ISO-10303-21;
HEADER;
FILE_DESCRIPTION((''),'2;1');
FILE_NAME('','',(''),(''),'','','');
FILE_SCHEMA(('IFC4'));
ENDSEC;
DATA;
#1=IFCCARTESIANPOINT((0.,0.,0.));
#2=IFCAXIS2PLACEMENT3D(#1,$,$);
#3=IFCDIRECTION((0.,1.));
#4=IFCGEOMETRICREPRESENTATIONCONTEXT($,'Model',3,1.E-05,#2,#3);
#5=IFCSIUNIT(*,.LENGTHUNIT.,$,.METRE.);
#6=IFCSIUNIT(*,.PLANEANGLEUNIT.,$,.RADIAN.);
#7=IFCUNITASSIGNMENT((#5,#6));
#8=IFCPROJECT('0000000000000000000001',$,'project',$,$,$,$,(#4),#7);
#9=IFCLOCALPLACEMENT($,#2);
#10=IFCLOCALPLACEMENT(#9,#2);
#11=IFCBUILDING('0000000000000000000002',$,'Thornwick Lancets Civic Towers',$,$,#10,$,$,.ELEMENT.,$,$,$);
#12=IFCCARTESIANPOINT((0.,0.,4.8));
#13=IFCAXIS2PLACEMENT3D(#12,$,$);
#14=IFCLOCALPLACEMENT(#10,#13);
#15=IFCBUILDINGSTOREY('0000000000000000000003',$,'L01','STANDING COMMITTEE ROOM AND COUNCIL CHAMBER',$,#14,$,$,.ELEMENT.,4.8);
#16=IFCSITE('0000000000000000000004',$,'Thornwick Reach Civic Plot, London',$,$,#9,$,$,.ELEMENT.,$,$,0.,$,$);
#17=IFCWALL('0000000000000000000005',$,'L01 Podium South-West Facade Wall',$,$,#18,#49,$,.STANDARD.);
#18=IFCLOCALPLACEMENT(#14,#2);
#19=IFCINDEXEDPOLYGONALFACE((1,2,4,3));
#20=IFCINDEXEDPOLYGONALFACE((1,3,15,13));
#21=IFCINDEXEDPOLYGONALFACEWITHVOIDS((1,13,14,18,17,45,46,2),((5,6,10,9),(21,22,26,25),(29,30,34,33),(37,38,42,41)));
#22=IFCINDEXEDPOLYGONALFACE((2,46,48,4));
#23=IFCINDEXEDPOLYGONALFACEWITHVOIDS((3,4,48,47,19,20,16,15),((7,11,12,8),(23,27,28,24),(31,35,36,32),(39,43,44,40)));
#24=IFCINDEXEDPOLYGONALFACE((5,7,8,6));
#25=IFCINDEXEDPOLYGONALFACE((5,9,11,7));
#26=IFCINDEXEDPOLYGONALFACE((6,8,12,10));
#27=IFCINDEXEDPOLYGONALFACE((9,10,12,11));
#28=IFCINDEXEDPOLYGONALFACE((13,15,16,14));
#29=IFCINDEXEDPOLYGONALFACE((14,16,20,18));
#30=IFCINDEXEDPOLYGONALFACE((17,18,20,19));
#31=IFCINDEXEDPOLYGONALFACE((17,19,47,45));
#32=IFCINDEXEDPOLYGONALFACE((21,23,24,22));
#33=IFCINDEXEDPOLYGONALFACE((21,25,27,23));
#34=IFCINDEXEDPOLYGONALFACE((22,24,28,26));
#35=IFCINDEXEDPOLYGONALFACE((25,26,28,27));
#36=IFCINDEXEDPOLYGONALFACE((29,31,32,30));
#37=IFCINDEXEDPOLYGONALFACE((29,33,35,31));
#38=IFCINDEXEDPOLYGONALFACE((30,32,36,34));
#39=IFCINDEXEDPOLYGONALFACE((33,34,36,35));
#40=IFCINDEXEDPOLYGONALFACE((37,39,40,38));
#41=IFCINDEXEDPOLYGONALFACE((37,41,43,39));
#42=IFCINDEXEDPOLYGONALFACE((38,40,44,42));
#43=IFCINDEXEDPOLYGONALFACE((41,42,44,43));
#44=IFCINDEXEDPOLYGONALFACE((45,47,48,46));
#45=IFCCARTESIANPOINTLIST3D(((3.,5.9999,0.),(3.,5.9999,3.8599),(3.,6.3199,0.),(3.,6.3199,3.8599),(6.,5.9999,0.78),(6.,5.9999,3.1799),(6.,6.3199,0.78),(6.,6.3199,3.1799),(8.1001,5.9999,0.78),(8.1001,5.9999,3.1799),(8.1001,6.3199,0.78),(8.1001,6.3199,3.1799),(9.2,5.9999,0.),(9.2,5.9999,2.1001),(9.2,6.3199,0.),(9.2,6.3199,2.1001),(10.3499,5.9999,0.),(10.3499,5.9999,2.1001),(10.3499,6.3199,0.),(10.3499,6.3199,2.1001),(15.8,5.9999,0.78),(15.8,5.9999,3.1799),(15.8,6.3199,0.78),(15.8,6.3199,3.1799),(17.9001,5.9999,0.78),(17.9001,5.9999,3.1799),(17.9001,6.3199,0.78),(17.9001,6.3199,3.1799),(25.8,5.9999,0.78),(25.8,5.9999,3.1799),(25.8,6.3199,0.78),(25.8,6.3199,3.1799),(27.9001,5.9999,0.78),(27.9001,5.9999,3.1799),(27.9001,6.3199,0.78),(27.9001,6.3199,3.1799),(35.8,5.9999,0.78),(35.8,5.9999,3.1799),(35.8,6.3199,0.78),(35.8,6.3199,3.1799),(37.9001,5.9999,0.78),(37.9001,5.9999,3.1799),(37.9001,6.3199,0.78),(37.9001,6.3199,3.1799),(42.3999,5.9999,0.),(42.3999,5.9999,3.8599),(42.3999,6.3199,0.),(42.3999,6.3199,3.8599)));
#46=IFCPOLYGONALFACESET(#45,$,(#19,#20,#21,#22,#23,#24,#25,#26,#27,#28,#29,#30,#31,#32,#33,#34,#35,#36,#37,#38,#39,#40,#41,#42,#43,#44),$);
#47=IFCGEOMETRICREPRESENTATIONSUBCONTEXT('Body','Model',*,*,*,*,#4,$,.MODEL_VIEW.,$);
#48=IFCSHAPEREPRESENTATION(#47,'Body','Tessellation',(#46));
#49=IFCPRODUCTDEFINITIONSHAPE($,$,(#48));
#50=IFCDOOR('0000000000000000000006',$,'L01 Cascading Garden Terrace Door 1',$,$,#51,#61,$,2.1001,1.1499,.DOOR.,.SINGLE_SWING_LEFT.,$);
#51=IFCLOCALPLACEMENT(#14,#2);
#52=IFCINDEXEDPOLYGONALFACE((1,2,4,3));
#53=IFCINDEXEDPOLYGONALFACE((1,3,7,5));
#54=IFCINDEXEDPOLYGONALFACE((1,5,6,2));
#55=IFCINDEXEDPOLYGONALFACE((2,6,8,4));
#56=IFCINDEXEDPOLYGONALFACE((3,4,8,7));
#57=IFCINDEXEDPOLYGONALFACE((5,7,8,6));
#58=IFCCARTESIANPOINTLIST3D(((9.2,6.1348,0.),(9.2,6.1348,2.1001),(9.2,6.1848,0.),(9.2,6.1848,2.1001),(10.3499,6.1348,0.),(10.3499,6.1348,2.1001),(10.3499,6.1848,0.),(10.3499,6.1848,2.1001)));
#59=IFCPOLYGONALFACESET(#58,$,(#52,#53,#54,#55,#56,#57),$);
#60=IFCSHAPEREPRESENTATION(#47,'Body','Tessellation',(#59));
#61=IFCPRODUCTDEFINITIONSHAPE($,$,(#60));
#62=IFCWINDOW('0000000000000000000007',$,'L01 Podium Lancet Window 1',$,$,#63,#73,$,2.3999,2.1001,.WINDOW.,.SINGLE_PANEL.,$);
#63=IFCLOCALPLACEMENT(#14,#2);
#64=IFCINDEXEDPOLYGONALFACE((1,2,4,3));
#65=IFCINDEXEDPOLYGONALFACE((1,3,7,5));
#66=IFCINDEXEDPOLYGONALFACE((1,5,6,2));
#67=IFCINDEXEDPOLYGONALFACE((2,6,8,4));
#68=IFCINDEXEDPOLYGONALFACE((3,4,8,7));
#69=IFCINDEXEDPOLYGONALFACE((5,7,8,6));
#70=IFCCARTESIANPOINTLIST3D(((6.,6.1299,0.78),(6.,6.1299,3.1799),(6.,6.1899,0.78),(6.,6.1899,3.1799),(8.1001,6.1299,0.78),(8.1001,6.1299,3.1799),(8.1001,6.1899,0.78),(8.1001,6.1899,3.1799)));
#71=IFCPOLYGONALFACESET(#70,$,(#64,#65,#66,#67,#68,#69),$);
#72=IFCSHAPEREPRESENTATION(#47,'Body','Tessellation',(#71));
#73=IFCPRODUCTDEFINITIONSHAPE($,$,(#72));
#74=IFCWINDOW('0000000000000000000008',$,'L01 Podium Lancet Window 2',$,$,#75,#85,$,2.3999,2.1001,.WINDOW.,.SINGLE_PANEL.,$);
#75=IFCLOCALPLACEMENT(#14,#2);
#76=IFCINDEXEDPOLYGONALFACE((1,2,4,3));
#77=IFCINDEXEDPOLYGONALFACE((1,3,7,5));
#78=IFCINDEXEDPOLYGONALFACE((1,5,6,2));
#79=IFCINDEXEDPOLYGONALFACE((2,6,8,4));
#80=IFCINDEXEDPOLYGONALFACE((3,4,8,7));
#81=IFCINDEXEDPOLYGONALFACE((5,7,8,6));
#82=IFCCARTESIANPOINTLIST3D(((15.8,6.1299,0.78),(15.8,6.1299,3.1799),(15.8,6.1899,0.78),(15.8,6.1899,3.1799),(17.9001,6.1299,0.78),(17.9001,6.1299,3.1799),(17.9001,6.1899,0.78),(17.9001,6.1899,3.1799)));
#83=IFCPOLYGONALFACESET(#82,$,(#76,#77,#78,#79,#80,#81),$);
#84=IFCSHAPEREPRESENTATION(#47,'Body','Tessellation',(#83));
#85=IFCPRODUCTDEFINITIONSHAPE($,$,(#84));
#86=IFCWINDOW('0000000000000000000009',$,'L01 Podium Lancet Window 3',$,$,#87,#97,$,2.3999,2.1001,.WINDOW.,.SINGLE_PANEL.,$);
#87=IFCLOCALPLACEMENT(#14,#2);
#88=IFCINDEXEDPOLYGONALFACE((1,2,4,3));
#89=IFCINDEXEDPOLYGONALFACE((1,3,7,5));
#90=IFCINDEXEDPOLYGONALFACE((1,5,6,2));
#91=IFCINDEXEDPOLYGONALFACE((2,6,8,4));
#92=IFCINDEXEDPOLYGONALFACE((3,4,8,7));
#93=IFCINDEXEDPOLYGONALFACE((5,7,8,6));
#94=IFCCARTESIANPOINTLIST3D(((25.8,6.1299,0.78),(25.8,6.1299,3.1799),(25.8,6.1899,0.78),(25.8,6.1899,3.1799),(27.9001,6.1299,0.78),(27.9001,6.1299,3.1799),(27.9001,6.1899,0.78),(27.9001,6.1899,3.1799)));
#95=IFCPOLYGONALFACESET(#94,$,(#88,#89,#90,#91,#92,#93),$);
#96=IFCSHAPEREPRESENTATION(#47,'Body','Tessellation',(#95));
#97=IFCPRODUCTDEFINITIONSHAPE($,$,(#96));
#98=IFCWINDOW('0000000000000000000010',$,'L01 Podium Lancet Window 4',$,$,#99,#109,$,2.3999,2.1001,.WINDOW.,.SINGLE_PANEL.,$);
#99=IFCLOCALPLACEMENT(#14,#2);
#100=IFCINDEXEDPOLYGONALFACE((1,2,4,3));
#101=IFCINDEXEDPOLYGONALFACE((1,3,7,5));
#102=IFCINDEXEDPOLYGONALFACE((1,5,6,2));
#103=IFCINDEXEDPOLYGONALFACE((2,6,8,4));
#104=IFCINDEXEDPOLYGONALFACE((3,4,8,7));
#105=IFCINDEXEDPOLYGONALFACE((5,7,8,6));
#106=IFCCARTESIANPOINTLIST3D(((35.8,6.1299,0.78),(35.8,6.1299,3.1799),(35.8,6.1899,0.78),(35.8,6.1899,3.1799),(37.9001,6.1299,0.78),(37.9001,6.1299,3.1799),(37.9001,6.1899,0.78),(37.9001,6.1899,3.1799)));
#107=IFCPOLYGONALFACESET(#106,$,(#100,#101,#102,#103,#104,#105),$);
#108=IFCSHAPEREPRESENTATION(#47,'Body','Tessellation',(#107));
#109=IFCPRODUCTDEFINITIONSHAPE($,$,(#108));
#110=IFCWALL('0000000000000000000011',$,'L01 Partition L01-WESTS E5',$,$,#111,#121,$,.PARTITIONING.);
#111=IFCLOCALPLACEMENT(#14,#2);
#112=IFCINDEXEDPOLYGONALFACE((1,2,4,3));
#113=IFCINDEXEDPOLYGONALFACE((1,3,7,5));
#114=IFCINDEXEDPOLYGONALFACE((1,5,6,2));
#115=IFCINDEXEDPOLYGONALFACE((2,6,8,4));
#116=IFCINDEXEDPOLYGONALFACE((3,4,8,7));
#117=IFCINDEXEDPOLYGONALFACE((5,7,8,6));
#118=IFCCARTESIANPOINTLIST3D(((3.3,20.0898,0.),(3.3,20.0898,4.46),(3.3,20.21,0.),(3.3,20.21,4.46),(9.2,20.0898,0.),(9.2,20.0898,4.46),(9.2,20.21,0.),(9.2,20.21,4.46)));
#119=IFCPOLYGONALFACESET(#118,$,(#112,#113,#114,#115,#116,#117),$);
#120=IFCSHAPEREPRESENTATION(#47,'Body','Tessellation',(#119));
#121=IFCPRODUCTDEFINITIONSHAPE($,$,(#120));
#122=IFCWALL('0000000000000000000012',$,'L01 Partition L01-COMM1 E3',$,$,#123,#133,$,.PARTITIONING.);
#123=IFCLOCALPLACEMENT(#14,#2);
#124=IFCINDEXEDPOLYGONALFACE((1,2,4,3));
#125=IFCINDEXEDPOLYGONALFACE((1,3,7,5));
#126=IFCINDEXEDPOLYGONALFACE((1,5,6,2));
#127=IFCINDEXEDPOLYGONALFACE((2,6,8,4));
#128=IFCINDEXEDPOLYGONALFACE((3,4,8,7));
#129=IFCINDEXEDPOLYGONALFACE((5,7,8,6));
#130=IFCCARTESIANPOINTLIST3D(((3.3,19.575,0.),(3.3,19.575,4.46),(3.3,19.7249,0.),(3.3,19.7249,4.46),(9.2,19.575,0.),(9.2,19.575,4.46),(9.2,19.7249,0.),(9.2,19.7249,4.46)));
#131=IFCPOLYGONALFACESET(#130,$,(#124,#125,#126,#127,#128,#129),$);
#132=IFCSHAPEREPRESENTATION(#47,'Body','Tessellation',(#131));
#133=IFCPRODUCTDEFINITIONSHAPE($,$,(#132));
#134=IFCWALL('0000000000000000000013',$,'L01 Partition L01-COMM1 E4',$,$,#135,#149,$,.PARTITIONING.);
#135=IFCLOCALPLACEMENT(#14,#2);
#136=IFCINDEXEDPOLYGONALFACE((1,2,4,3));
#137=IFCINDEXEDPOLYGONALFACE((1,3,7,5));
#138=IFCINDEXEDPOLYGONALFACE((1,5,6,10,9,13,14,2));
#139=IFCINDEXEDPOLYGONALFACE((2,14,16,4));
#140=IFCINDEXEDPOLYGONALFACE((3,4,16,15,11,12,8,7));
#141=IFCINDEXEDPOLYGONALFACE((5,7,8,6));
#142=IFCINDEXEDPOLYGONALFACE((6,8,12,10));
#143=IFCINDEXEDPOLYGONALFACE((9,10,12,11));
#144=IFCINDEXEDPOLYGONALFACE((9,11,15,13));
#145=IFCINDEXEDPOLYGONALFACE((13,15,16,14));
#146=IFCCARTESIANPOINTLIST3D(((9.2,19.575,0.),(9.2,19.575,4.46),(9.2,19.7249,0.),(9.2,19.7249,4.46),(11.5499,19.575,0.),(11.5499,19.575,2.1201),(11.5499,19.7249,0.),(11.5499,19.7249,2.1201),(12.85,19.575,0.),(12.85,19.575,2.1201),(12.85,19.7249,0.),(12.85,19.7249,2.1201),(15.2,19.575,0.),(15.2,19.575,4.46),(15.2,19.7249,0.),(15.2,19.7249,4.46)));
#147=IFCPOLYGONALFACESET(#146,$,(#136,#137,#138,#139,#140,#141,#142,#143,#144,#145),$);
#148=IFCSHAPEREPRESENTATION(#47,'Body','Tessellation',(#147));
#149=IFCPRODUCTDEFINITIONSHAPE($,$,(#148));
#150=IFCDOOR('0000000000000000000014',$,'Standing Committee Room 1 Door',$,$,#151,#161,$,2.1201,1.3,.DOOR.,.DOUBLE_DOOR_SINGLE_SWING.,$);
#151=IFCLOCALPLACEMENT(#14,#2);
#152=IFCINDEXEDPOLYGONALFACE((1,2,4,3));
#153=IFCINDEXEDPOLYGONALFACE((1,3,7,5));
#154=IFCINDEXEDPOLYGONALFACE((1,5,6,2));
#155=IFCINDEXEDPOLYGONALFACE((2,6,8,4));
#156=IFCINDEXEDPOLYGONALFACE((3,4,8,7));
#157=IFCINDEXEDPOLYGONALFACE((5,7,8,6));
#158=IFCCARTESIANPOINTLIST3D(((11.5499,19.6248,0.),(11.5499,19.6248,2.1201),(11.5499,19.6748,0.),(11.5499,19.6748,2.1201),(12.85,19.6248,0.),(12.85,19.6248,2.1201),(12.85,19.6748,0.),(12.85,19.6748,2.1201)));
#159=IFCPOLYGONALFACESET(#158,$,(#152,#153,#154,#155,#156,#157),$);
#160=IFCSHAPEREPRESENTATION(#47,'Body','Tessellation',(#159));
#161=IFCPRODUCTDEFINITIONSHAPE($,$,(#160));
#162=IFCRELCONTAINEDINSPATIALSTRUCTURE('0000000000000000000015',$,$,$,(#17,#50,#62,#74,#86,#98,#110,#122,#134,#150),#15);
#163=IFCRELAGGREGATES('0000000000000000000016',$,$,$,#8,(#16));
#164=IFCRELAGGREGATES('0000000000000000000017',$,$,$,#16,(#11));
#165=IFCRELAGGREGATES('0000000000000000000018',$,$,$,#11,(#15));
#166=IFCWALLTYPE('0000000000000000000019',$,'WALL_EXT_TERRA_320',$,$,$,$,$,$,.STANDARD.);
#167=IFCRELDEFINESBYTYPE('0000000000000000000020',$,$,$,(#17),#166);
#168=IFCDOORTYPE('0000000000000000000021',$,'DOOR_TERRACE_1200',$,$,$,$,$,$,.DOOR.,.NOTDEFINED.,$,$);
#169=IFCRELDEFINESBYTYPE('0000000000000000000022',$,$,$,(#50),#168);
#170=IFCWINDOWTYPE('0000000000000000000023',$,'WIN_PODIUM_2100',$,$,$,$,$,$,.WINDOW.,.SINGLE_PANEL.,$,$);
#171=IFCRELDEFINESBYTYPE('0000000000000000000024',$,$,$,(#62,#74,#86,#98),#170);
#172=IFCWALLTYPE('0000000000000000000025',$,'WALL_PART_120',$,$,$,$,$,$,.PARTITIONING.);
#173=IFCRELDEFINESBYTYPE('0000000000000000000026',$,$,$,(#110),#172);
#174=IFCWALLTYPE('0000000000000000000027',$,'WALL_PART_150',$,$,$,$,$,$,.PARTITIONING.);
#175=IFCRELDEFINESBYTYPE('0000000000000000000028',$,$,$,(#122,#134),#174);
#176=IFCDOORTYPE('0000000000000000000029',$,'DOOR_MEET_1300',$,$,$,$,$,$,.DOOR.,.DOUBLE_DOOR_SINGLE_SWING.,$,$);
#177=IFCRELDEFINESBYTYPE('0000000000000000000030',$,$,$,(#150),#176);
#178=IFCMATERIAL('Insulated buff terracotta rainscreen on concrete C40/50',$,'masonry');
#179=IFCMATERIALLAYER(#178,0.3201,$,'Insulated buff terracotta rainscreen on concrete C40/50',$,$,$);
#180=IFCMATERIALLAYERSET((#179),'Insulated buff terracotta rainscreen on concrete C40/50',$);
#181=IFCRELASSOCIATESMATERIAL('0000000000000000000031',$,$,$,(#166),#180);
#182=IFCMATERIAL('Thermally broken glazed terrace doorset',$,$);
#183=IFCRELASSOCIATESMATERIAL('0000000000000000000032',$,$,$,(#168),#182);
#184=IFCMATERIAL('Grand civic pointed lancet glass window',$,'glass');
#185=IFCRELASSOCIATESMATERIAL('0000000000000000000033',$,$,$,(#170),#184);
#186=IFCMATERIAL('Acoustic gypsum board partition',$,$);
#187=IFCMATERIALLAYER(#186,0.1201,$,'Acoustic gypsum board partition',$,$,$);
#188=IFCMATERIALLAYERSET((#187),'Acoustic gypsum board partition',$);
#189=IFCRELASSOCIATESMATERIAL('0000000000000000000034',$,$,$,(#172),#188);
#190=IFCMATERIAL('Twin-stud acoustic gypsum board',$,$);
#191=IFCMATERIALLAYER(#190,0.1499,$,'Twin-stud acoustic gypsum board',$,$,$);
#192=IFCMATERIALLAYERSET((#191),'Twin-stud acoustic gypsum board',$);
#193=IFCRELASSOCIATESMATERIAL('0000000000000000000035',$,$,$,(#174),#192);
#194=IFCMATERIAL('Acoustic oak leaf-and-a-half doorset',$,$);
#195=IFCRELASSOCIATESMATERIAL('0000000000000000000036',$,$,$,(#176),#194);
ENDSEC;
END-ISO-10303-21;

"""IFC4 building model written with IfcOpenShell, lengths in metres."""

from ifc_helpers import new_model, si_unit, direction, frame, frame_2d, origin, place, context, subcontext, project, spatial, rectangle, extrude, material, layer, layer_set, type_object, element, fill, save


model = new_model("IFC4")

# Units and contexts
model_context = context("Model", 3, precision=1e-05, world=origin(), true_north=direction((0.0, 1.0)))
body_context = subcontext(model_context, "Body", "Model", "MODEL_VIEW")
ifc_project = project(units=[si_unit("LENGTHUNIT", "METRE"), si_unit("PLANEANGLEUNIT", "RADIAN")], contexts=[model_context])

# Site, building, storey
site_placement = place(None, origin())
site = spatial("IfcSite", under=ifc_project, at=site_placement, Name="Thornwick Reach Civic Plot, London", CompositionType="ELEMENT", RefElevation=0.0)
building_placement = place(site_placement, origin())
building = spatial("IfcBuilding", under=site, at=building_placement, Name="Thornwick Lancets Civic Towers", CompositionType="ELEMENT")
storey_placement = place(building_placement, frame((0.0, 0.0, 4.8)))
storey = spatial("IfcBuildingStorey", under=building, at=storey_placement, Name="L01", Description="STANDING COMMITTEE ROOM AND COUNCIL CHAMBER", CompositionType="ELEMENT", Elevation=4.8)

# Wall, openings, door, windows
ifc_material_1 = material(Name="Insulated buff terracotta rainscreen on concrete C40/50", Category="masonry")
ifc_layer_1 = layer(ifc_material_1, 0.3201, Name="Insulated buff terracotta rainscreen on concrete C40/50")
ifc_layer_set_1 = layer_set([ifc_layer_1], Name="Insulated buff terracotta rainscreen on concrete C40/50")
wall_type_1 = type_object("IfcWallType", Name="WALL_EXT_TERRA_320", PredefinedType="STANDARD", material=ifc_layer_set_1)
wall_1_placement = place(storey_placement, frame((3.0, 6.1599, 0.0), z_axis=(0.0, 0.0, 1.0), x_axis=(1.0, 0.0, 0.0)))
wall_1 = element("IfcWall", 1, at=wall_1_placement, inside=storey, type_object=wall_type_1, Name="L01 Podium South-West Facade Wall", PredefinedType="STANDARD", context=body_context, shape_type="SweptSolid", body=[
    extrude(rectangle(XDim=39.3999, YDim=0.3201, at=frame_2d((19.7, 0.0))), origin(), (0.0, 0.0, 1.0), 3.8599),
])
opening_1_placement = place(wall_1_placement, frame((6.2, 0.0, 0.0)))
opening_1 = element("IfcOpeningElement", 2, at=opening_1_placement, cuts=wall_1, PredefinedType="OPENING", context=body_context, shape_type="SweptSolid", body=[
    extrude(rectangle(XDim=1.1499, YDim=2.1001, at=frame_2d((0.575, 1.05))), frame((0.0, 0.1699, 0.0), z_axis=(0.0, -1.0, 0.0), x_axis=(1.0, 0.0, 0.0)), (0.0, 0.0, 1.0), 0.3401),
])
opening_2_placement = place(wall_1_placement, frame((3.0, 0.0, 0.78)))
opening_2 = element("IfcOpeningElement", 3, at=opening_2_placement, cuts=wall_1, PredefinedType="OPENING", context=body_context, shape_type="SweptSolid", body=[
    extrude(rectangle(XDim=2.1001, YDim=2.3999, at=frame_2d((1.05, 1.2))), frame((0.0, 0.1699, 0.0), z_axis=(0.0, -1.0, 0.0), x_axis=(1.0, 0.0, 0.0)), (0.0, 0.0, 1.0), 0.3401),
])
opening_3_placement = place(wall_1_placement, frame((12.8, 0.0, 0.78)))
opening_3 = element("IfcOpeningElement", 4, at=opening_3_placement, cuts=wall_1, PredefinedType="OPENING", context=body_context, shape_type="SweptSolid", body=[
    extrude(rectangle(XDim=2.1001, YDim=2.3999, at=frame_2d((1.05, 1.2))), frame((0.0, 0.1699, 0.0), z_axis=(0.0, -1.0, 0.0), x_axis=(1.0, 0.0, 0.0)), (0.0, 0.0, 1.0), 0.3401),
])
opening_4_placement = place(wall_1_placement, frame((22.8, 0.0, 0.78)))
opening_4 = element("IfcOpeningElement", 5, at=opening_4_placement, cuts=wall_1, PredefinedType="OPENING", context=body_context, shape_type="SweptSolid", body=[
    extrude(rectangle(XDim=2.1001, YDim=2.3999, at=frame_2d((1.05, 1.2))), frame((0.0, 0.1699, 0.0), z_axis=(0.0, -1.0, 0.0), x_axis=(1.0, 0.0, 0.0)), (0.0, 0.0, 1.0), 0.3401),
])
opening_5_placement = place(wall_1_placement, frame((32.8, 0.0, 0.78)))
opening_5 = element("IfcOpeningElement", 6, at=opening_5_placement, cuts=wall_1, PredefinedType="OPENING", context=body_context, shape_type="SweptSolid", body=[
    extrude(rectangle(XDim=2.1001, YDim=2.3999, at=frame_2d((1.05, 1.2))), frame((0.0, 0.1699, 0.0), z_axis=(0.0, -1.0, 0.0), x_axis=(1.0, 0.0, 0.0)), (0.0, 0.0, 1.0), 0.3401),
])
ifc_material_2 = material(Name="Thermally broken glazed terrace doorset")
door_type_1 = type_object("IfcDoorType", Name="DOOR_TERRACE_1200", OperationType="NOTDEFINED", PredefinedType="DOOR", material=ifc_material_2)
door_1_placement = place(opening_1_placement, origin())
door_1 = element("IfcDoor", 7, at=door_1_placement, inside=storey, type_object=door_type_1, Name="L01 Cascading Garden Terrace Door 1", OperationType="SINGLE_SWING_LEFT", OverallHeight=2.1001, OverallWidth=1.1499, PredefinedType="DOOR", context=body_context, shape_type="SweptSolid", body=[
    extrude(rectangle(XDim=1.1499, YDim=2.1001, at=frame_2d((0.575, 1.05))), frame((0.0, 0.0249, 0.0), z_axis=(0.0, -1.0, 0.0), x_axis=(1.0, 0.0, 0.0)), (0.0, 0.0, 1.0), 0.05),
])
fill(opening_1, door_1)
ifc_material_3 = material(Name="Grand civic pointed lancet glass window", Category="glass")
window_type = type_object("IfcWindowType", Name="WIN_PODIUM_2100", PartitioningType="SINGLE_PANEL", PredefinedType="WINDOW", material=ifc_material_3)
window_1_placement = place(opening_2_placement, origin())
window_1 = element("IfcWindow", 8, at=window_1_placement, inside=storey, type_object=window_type, Name="L01 Podium Lancet Window 1", OverallHeight=2.3999, OverallWidth=2.1001, PartitioningType="SINGLE_PANEL", PredefinedType="WINDOW", context=body_context, shape_type="SweptSolid", body=[
    extrude(rectangle(XDim=2.1001, YDim=2.3999, at=frame_2d((1.05, 1.2))), frame((0.0, 0.03, 0.0), z_axis=(0.0, -1.0, 0.0), x_axis=(1.0, 0.0, 0.0)), (0.0, 0.0, 1.0), 0.0601),
])
fill(opening_2, window_1)
window_2_placement = place(opening_3_placement, origin())
window_2 = element("IfcWindow", 9, at=window_2_placement, inside=storey, type_object=window_type, Name="L01 Podium Lancet Window 2", OverallHeight=2.3999, OverallWidth=2.1001, PartitioningType="SINGLE_PANEL", PredefinedType="WINDOW", context=body_context, shape_type="SweptSolid", body=[
    extrude(rectangle(XDim=2.1001, YDim=2.3999, at=frame_2d((1.05, 1.2))), frame((0.0, 0.03, 0.0), z_axis=(0.0, -1.0, 0.0), x_axis=(1.0, 0.0, 0.0)), (0.0, 0.0, 1.0), 0.0601),
])
fill(opening_3, window_2)
window_3_placement = place(opening_4_placement, origin())
window_3 = element("IfcWindow", 10, at=window_3_placement, inside=storey, type_object=window_type, Name="L01 Podium Lancet Window 3", OverallHeight=2.3999, OverallWidth=2.1001, PartitioningType="SINGLE_PANEL", PredefinedType="WINDOW", context=body_context, shape_type="SweptSolid", body=[
    extrude(rectangle(XDim=2.1001, YDim=2.3999, at=frame_2d((1.05, 1.2))), frame((0.0, 0.03, 0.0), z_axis=(0.0, -1.0, 0.0), x_axis=(1.0, 0.0, 0.0)), (0.0, 0.0, 1.0), 0.0601),
])
fill(opening_4, window_3)
window_4_placement = place(opening_5_placement, origin())
window_4 = element("IfcWindow", 11, at=window_4_placement, inside=storey, type_object=window_type, Name="L01 Podium Lancet Window 4", OverallHeight=2.3999, OverallWidth=2.1001, PartitioningType="SINGLE_PANEL", PredefinedType="WINDOW", context=body_context, shape_type="SweptSolid", body=[
    extrude(rectangle(XDim=2.1001, YDim=2.3999, at=frame_2d((1.05, 1.2))), frame((0.0, 0.03, 0.0), z_axis=(0.0, -1.0, 0.0), x_axis=(1.0, 0.0, 0.0)), (0.0, 0.0, 1.0), 0.0601),
])
fill(opening_5, window_4)

# Walls
ifc_material_4 = material(Name="Acoustic gypsum board partition")
ifc_layer_2 = layer(ifc_material_4, 0.1201, Name="Acoustic gypsum board partition")
ifc_layer_set_2 = layer_set([ifc_layer_2], Name="Acoustic gypsum board partition")
wall_type_2 = type_object("IfcWallType", Name="WALL_PART_120", PredefinedType="PARTITIONING", material=ifc_layer_set_2)
wall_2_placement = place(storey_placement, frame((9.2, 20.1499, 0.0), z_axis=(0.0, 0.0, 1.0), x_axis=(-1.0, 0.0, 0.0)))
element("IfcWall", 12, at=wall_2_placement, inside=storey, type_object=wall_type_2, Name="L01 Partition L01-WESTS E5", PredefinedType="PARTITIONING", context=body_context, shape_type="SweptSolid", body=[
    extrude(rectangle(XDim=5.8999, YDim=0.1201, at=frame_2d((2.95, 0.0))), origin(), (0.0, 0.0, 1.0), 4.46),
])
ifc_material_5 = material(Name="Twin-stud acoustic gypsum board")
ifc_layer_3 = layer(ifc_material_5, 0.1499, Name="Twin-stud acoustic gypsum board")
ifc_layer_set_3 = layer_set([ifc_layer_3], Name="Twin-stud acoustic gypsum board")
wall_type_3 = type_object("IfcWallType", Name="WALL_PART_150", PredefinedType="PARTITIONING", material=ifc_layer_set_3)
wall_3_placement = place(storey_placement, frame((3.3, 19.6499, 0.0), z_axis=(0.0, 0.0, 1.0), x_axis=(1.0, 0.0, 0.0)))
element("IfcWall", 13, at=wall_3_placement, inside=storey, type_object=wall_type_3, Name="L01 Partition L01-COMM1 E3", PredefinedType="PARTITIONING", context=body_context, shape_type="SweptSolid", body=[
    extrude(rectangle(XDim=5.8999, YDim=0.1499, at=frame_2d((2.95, 0.0))), origin(), (0.0, 0.0, 1.0), 4.46),
])

# Wall, opening, door
wall_4_placement = place(storey_placement, frame((9.2, 19.6499, 0.0), z_axis=(0.0, 0.0, 1.0), x_axis=(1.0, 0.0, 0.0)))
wall_4 = element("IfcWall", 14, at=wall_4_placement, inside=storey, type_object=wall_type_3, Name="L01 Partition L01-COMM1 E4", PredefinedType="PARTITIONING", context=body_context, shape_type="SweptSolid", body=[
    extrude(rectangle(XDim=6.0, YDim=0.1499, at=frame_2d((3.0, 0.0))), origin(), (0.0, 0.0, 1.0), 4.46),
])
opening_6_placement = place(wall_4_placement, frame((2.3501, 0.0, 0.0)))
opening_6 = element("IfcOpeningElement", 15, at=opening_6_placement, cuts=wall_4, PredefinedType="OPENING", context=body_context, shape_type="SweptSolid", body=[
    extrude(rectangle(XDim=1.3, YDim=2.1201, at=frame_2d((0.6499, 1.0601))), frame((0.0, 0.085, 0.0), z_axis=(0.0, -1.0, 0.0), x_axis=(1.0, 0.0, 0.0)), (0.0, 0.0, 1.0), 0.1699),
])
ifc_material_6 = material(Name="Acoustic oak leaf-and-a-half doorset")
door_type_2 = type_object("IfcDoorType", Name="DOOR_MEET_1300", OperationType="DOUBLE_DOOR_SINGLE_SWING", PredefinedType="DOOR", material=ifc_material_6)
door_2_placement = place(opening_6_placement, origin())
door_2 = element("IfcDoor", 16, at=door_2_placement, inside=storey, type_object=door_type_2, Name="Standing Committee Room 1 Door", OperationType="DOUBLE_DOOR_SINGLE_SWING", OverallHeight=2.1201, OverallWidth=1.3, PredefinedType="DOOR", context=body_context, shape_type="SweptSolid", body=[
    extrude(rectangle(XDim=1.3, YDim=2.1201, at=frame_2d((0.6499, 1.0601))), frame((0.0, 0.0249, 0.0), z_axis=(0.0, -1.0, 0.0), x_axis=(1.0, 0.0, 0.0)), (0.0, 0.0, 1.0), 0.05),
])
fill(opening_6, door_2)

save(model, "model.ifc")
